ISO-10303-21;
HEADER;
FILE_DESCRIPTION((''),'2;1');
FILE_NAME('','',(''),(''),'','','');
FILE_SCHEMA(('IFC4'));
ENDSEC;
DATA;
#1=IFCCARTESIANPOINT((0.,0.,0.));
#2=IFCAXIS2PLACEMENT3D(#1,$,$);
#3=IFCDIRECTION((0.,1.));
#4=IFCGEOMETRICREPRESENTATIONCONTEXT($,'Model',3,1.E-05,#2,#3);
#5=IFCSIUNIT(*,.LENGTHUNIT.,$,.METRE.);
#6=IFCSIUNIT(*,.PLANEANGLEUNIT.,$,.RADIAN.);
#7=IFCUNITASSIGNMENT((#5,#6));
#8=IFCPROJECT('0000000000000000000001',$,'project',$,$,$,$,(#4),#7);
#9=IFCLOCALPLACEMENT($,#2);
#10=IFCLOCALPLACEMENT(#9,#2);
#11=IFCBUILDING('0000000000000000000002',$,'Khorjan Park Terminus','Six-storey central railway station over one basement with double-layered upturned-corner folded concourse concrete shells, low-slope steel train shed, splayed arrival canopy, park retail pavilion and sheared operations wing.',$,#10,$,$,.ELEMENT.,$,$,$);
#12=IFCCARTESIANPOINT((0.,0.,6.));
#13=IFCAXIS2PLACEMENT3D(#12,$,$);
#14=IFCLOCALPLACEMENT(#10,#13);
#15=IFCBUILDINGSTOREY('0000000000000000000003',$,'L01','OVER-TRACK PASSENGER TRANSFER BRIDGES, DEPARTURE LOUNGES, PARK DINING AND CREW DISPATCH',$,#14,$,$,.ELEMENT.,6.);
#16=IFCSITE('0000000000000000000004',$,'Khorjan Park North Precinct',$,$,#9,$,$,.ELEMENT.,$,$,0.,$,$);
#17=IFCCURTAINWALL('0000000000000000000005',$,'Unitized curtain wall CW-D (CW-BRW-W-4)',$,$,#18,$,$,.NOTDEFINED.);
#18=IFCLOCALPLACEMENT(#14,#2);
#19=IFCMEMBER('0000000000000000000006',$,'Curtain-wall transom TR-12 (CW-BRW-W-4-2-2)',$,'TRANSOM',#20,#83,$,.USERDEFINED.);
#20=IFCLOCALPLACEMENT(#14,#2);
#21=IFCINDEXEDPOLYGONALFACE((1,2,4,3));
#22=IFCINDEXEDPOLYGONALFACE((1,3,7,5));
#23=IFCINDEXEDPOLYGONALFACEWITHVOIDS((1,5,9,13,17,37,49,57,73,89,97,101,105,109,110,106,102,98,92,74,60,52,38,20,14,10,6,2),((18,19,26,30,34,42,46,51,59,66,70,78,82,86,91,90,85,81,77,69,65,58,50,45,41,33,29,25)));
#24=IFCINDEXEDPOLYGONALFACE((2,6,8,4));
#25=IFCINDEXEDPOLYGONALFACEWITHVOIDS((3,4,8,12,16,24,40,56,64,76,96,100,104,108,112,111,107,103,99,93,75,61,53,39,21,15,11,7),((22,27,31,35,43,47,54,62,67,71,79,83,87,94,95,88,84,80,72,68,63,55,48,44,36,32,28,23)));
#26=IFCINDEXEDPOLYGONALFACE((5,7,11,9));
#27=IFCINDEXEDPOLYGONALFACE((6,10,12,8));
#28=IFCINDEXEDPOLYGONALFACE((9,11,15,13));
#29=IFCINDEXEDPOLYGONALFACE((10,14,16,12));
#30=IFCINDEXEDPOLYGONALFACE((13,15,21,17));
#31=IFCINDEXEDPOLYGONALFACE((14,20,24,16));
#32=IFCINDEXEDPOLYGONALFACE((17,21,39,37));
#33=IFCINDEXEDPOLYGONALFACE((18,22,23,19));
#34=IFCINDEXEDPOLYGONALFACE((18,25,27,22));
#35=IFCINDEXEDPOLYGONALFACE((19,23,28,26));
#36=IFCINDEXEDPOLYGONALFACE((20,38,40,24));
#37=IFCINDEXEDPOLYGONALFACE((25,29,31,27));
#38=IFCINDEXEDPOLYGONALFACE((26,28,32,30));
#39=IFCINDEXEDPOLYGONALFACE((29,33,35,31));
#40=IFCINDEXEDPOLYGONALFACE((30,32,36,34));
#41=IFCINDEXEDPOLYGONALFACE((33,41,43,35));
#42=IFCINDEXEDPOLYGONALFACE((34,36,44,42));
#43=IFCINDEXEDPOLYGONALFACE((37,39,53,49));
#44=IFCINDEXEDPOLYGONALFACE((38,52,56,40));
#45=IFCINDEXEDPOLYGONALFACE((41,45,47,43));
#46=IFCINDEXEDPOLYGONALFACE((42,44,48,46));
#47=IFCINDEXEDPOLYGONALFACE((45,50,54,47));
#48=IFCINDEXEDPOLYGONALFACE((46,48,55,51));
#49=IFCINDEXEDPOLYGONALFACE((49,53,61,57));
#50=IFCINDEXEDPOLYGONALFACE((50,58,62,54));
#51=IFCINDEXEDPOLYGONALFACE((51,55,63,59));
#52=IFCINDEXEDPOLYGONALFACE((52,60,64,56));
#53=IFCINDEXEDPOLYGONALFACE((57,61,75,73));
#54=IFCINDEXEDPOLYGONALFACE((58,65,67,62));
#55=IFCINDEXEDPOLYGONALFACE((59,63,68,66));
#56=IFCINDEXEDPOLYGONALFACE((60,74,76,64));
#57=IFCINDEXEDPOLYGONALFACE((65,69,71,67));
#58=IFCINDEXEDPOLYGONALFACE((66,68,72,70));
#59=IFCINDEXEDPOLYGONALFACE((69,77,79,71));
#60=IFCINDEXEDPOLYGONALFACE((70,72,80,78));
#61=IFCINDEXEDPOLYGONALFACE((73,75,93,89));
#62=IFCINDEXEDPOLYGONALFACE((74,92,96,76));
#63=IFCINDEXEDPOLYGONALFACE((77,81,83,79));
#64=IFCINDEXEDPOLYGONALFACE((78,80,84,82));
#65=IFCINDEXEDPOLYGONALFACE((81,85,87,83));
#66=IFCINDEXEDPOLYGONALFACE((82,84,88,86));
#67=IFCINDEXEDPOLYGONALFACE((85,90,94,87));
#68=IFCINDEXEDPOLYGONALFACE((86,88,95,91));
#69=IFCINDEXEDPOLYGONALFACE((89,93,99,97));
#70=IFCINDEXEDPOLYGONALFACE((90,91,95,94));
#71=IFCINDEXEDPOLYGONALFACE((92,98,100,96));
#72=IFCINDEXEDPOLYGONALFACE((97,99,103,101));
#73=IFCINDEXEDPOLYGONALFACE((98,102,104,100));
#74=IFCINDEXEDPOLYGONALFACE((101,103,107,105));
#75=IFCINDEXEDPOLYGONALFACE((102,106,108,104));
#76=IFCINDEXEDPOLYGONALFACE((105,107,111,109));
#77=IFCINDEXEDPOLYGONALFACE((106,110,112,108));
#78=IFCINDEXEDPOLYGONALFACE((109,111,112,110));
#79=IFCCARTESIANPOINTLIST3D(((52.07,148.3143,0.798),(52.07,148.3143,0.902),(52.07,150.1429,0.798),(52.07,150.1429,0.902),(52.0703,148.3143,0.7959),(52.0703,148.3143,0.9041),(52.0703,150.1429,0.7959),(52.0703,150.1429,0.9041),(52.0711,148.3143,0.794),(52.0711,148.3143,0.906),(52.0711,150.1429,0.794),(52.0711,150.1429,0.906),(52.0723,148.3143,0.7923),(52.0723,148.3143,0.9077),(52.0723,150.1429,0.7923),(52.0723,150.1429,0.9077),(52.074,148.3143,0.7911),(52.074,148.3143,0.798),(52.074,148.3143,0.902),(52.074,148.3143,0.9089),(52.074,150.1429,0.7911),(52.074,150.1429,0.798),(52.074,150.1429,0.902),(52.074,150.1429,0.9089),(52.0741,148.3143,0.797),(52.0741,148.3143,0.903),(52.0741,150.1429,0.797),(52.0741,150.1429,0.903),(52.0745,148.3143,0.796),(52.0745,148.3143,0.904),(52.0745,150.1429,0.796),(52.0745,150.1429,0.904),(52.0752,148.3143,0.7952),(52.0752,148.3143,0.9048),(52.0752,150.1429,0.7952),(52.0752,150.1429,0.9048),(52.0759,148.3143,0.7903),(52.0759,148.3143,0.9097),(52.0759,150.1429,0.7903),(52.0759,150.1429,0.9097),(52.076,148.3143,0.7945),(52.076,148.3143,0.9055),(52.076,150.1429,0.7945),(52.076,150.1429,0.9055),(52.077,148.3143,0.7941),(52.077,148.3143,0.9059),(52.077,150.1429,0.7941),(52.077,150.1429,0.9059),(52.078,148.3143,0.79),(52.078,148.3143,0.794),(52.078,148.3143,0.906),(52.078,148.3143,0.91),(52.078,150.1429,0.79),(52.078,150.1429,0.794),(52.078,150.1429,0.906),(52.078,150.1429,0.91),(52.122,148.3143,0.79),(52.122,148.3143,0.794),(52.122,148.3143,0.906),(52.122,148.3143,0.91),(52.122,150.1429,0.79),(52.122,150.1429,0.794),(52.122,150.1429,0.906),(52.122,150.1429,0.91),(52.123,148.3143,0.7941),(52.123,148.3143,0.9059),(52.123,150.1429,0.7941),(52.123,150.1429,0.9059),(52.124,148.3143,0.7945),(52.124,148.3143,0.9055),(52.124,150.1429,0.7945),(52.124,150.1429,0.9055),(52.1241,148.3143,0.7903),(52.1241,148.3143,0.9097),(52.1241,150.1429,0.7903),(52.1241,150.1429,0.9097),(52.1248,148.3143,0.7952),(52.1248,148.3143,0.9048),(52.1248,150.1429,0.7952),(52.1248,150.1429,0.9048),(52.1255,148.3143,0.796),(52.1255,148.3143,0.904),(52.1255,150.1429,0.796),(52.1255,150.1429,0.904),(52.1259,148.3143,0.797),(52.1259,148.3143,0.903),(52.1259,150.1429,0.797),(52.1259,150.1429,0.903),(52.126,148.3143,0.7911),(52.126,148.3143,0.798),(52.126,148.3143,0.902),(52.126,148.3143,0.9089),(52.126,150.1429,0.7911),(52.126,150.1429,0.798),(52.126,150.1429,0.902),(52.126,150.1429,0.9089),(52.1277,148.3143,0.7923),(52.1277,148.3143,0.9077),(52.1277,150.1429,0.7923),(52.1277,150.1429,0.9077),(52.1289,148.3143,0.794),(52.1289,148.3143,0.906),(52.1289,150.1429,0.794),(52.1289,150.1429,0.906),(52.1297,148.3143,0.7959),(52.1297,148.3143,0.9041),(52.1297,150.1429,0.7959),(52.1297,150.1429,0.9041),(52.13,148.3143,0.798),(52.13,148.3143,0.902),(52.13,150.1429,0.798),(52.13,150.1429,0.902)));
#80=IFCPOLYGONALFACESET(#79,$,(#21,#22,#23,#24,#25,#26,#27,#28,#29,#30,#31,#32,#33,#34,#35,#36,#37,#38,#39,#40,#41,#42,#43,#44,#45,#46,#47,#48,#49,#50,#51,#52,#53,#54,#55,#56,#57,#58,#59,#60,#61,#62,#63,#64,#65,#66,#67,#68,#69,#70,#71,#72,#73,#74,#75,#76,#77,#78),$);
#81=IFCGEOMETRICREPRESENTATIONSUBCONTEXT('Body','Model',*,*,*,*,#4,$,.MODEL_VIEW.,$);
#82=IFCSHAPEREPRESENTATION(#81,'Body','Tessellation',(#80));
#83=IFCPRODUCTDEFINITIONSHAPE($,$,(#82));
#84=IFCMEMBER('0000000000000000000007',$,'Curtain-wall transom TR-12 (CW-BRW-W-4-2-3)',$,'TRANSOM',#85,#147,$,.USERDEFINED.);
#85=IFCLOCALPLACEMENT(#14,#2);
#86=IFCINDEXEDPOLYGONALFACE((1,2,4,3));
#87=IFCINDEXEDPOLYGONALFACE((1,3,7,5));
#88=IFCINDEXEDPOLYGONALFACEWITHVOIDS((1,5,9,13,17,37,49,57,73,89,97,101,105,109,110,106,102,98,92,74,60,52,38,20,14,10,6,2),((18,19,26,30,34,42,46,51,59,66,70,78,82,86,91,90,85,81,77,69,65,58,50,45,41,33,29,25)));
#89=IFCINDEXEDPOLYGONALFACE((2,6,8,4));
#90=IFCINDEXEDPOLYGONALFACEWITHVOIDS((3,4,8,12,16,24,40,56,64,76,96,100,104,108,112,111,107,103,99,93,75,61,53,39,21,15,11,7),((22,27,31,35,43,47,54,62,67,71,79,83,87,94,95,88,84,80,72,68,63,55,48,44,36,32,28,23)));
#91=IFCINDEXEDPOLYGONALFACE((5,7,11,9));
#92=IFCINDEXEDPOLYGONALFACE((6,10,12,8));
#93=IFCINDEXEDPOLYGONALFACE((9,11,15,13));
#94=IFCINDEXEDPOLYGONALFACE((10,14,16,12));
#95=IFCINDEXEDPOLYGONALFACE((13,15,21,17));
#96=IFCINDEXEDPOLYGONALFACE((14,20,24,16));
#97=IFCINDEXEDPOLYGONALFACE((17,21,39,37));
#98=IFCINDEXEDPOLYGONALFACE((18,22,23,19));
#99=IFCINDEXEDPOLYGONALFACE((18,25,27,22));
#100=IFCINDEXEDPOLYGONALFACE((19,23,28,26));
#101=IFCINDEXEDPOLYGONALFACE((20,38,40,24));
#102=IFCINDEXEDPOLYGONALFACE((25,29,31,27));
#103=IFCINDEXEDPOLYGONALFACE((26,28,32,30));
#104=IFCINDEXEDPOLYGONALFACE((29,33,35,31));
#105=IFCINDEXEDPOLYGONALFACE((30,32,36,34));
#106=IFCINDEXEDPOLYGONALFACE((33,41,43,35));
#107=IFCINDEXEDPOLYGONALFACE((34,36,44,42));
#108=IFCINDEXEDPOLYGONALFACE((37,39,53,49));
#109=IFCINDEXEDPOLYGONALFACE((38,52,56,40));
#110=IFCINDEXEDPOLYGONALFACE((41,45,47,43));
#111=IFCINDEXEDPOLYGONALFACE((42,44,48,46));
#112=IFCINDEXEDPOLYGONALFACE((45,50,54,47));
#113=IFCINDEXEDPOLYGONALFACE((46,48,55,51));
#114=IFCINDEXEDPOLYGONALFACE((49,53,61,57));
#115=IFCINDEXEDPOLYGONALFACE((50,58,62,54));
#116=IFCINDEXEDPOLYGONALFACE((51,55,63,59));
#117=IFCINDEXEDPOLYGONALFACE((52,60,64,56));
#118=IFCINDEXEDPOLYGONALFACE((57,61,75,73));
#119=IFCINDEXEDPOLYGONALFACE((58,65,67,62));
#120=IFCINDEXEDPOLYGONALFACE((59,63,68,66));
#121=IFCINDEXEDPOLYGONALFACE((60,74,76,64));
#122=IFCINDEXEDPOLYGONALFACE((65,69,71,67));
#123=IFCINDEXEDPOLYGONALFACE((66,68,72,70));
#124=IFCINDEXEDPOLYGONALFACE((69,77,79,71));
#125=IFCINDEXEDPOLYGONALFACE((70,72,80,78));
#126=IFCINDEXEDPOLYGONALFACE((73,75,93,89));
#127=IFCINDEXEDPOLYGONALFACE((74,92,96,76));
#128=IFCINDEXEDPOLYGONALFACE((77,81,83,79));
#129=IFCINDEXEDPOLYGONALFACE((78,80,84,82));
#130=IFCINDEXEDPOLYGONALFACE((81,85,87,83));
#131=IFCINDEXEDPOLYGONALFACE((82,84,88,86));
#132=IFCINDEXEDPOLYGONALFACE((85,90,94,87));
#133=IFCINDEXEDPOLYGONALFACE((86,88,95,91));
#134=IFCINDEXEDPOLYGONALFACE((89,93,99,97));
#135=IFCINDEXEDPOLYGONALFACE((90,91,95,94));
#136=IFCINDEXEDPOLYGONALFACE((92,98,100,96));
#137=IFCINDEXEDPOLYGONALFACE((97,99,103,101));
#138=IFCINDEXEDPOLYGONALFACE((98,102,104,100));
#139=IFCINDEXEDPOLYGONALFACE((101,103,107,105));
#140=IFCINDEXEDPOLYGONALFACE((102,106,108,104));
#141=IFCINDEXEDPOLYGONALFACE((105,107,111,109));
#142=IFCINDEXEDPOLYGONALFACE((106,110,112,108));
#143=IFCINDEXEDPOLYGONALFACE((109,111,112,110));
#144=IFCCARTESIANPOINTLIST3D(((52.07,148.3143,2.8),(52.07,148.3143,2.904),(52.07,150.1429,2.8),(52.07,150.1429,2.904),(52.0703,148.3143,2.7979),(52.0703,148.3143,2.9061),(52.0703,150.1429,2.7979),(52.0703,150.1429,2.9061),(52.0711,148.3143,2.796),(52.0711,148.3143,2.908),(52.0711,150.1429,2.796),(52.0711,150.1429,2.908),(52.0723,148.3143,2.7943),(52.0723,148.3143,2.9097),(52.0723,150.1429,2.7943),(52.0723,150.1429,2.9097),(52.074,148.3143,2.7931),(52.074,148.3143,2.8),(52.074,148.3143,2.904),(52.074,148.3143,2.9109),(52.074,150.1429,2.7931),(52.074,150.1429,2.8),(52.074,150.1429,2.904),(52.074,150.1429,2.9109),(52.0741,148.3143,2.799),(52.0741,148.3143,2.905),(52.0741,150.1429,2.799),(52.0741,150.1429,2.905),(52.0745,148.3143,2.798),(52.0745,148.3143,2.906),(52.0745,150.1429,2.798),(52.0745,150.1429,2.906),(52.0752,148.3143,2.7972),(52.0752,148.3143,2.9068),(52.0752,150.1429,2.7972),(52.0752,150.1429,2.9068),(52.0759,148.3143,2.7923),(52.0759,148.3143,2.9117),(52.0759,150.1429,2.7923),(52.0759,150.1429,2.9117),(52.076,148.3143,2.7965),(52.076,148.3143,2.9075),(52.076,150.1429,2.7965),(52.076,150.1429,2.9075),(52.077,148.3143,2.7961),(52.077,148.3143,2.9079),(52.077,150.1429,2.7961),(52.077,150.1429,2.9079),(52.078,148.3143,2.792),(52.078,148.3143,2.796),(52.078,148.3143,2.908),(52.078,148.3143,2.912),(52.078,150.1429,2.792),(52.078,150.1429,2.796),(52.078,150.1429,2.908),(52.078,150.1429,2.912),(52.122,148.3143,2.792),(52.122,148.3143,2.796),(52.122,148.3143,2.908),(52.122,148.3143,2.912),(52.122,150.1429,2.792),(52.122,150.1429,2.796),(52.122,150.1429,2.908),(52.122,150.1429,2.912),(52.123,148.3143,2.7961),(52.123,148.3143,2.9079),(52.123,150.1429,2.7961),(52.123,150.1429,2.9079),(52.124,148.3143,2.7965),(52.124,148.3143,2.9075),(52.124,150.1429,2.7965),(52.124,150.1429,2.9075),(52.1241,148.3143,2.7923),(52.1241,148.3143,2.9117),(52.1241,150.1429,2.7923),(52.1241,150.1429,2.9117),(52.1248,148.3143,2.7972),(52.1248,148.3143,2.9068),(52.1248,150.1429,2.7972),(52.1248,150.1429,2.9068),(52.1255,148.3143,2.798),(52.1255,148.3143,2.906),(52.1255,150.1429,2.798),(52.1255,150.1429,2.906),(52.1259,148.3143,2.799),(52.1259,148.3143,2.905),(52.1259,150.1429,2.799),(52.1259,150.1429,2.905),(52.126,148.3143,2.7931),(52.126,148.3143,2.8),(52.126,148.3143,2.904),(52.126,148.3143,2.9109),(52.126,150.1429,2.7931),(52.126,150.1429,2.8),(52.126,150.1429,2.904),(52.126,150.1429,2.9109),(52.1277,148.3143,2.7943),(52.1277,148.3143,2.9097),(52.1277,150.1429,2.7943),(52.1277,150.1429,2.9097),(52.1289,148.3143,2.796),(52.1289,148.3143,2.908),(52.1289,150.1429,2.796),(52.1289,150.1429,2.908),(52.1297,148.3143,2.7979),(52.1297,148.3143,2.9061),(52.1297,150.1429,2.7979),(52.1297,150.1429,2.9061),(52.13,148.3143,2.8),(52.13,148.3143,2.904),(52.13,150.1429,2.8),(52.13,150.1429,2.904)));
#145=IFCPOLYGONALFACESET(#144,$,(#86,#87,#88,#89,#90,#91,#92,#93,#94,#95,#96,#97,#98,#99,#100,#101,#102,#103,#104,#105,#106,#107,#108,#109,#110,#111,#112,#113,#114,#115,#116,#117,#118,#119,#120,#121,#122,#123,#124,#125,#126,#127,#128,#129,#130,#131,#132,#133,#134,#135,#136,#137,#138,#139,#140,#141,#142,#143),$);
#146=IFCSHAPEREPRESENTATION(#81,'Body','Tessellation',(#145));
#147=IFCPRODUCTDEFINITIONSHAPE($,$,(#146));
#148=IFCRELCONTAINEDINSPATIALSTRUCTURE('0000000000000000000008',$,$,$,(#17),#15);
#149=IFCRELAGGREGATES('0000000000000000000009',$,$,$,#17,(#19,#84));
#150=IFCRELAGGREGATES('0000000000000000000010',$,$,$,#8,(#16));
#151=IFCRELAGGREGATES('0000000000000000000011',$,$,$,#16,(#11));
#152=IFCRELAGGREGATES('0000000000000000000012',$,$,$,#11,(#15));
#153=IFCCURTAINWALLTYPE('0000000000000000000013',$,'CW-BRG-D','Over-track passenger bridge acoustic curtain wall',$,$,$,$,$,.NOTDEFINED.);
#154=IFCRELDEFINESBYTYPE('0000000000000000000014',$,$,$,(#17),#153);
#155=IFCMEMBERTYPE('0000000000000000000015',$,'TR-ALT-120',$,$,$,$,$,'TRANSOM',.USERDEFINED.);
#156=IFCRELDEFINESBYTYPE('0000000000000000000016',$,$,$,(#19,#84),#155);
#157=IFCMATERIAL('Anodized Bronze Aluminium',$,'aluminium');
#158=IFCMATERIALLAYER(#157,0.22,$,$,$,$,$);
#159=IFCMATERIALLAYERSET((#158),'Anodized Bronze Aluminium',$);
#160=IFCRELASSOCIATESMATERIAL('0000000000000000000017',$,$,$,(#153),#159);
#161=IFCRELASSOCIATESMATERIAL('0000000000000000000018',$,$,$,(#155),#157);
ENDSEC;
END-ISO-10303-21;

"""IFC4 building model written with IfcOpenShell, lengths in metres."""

from ifc_helpers import new_model, si_unit, direction, frame, origin, origin_2d, place, context, subcontext, project, spatial, hollow_rectangle, extrude, material, layer, layer_set, material_profile, profile_set, type_object, element, aggregate, save


model = new_model("IFC4")

# Units and contexts
model_context = context("Model", 3, precision=1e-05, world=origin(), true_north=direction((0.0, 1.0)))
body_context = subcontext(model_context, "Body", "Model", "MODEL_VIEW")
ifc_project = project(units=[si_unit("LENGTHUNIT", "METRE"), si_unit("PLANEANGLEUNIT", "RADIAN")], contexts=[model_context])

# Site, building, storey
site_placement = place(None, origin())
site = spatial("IfcSite", under=ifc_project, at=site_placement, Name="Khorjan Park North Precinct", CompositionType="ELEMENT", RefElevation=0.0)
building_placement = place(site_placement, origin())
building = spatial("IfcBuilding", under=site, at=building_placement, Name="Khorjan Park Terminus", Description="Six-storey central railway station over one basement with double-layered upturned-corner folded concourse concrete shells, low-slope steel train shed, splayed arrival canopy, park retail pavilion and sheared operations wing.", CompositionType="ELEMENT")
storey_placement = place(building_placement, frame((0.0, 0.0, 6.0)))
storey = spatial("IfcBuildingStorey", under=building, at=storey_placement, Name="L01", Description="OVER-TRACK PASSENGER TRANSFER BRIDGES, DEPARTURE LOUNGES, PARK DINING AND CREW DISPATCH", CompositionType="ELEMENT", Elevation=6.0)

# Curtain wall, members
ifc_material_1 = material(Name="Anodized Bronze Aluminium", Category="aluminium")
ifc_layer_1 = layer(ifc_material_1, 0.22)
ifc_layer_set_1 = layer_set([ifc_layer_1], Name="Anodized Bronze Aluminium")
curtain_wall_type = type_object("IfcCurtainWallType", Name="CW-BRG-D", Description="Over-track passenger bridge acoustic curtain wall", PredefinedType="NOTDEFINED", material=ifc_layer_set_1)
curtain_wall_placement = place(storey_placement, origin())
curtain_wall = element("IfcCurtainWall", 1, at=curtain_wall_placement, inside=storey, type_object=curtain_wall_type, Name="Unitized curtain wall CW-D (CW-BRW-W-4)", PredefinedType="NOTDEFINED")
ifc_material_profile_1 = material_profile(ifc_material_1, hollow_rectangle(XDim=0.06, YDim=0.12, WallThickness=0.004, InnerFilletRadius=0.004, OuterFilletRadius=0.008, at=origin_2d()), Name="ALT 60x120x4")
ifc_profile_set_1 = profile_set([ifc_material_profile_1], Name="Anodized Bronze Aluminium")
member_type_1 = type_object("IfcMemberType", Name="TR-ALT-120", ElementType="TRANSOM", PredefinedType="USERDEFINED", material=ifc_profile_set_1)
member_1_placement = place(storey_placement, frame((52.1, 150.1429, 0.85), z_axis=(0.0, -1.0, 0.0), x_axis=(1.0, 0.0, 0.0)))
member_1 = element("IfcMember", 2, at=member_1_placement, type_object=member_type_1, Name="Curtain-wall transom TR-12 (CW-BRW-W-4-2-2)", ObjectType="TRANSOM", PredefinedType="USERDEFINED", context=body_context, shape_type="SweptSolid", body=[
    extrude(hollow_rectangle(XDim=0.06, YDim=0.12, WallThickness=0.004, InnerFilletRadius=0.004, OuterFilletRadius=0.008, at=origin_2d()), origin(), (0.0, 0.0, 1.0), 1.8286),
])
member_2_placement = place(storey_placement, frame((52.1, 150.1429, 2.852), z_axis=(0.0, -1.0, 0.0), x_axis=(1.0, 0.0, 0.0)))
member_2 = element("IfcMember", 3, at=member_2_placement, type_object=member_type_1, Name="Curtain-wall transom TR-12 (CW-BRW-W-4-2-3)", ObjectType="TRANSOM", PredefinedType="USERDEFINED", context=body_context, shape_type="SweptSolid", body=[
    extrude(hollow_rectangle(XDim=0.06, YDim=0.12, WallThickness=0.004, InnerFilletRadius=0.004, OuterFilletRadius=0.008, at=origin_2d()), origin(), (0.0, 0.0, 1.0), 1.8286),
])
aggregate(curtain_wall, [member_1, member_2])

save(model, "model.ifc")
